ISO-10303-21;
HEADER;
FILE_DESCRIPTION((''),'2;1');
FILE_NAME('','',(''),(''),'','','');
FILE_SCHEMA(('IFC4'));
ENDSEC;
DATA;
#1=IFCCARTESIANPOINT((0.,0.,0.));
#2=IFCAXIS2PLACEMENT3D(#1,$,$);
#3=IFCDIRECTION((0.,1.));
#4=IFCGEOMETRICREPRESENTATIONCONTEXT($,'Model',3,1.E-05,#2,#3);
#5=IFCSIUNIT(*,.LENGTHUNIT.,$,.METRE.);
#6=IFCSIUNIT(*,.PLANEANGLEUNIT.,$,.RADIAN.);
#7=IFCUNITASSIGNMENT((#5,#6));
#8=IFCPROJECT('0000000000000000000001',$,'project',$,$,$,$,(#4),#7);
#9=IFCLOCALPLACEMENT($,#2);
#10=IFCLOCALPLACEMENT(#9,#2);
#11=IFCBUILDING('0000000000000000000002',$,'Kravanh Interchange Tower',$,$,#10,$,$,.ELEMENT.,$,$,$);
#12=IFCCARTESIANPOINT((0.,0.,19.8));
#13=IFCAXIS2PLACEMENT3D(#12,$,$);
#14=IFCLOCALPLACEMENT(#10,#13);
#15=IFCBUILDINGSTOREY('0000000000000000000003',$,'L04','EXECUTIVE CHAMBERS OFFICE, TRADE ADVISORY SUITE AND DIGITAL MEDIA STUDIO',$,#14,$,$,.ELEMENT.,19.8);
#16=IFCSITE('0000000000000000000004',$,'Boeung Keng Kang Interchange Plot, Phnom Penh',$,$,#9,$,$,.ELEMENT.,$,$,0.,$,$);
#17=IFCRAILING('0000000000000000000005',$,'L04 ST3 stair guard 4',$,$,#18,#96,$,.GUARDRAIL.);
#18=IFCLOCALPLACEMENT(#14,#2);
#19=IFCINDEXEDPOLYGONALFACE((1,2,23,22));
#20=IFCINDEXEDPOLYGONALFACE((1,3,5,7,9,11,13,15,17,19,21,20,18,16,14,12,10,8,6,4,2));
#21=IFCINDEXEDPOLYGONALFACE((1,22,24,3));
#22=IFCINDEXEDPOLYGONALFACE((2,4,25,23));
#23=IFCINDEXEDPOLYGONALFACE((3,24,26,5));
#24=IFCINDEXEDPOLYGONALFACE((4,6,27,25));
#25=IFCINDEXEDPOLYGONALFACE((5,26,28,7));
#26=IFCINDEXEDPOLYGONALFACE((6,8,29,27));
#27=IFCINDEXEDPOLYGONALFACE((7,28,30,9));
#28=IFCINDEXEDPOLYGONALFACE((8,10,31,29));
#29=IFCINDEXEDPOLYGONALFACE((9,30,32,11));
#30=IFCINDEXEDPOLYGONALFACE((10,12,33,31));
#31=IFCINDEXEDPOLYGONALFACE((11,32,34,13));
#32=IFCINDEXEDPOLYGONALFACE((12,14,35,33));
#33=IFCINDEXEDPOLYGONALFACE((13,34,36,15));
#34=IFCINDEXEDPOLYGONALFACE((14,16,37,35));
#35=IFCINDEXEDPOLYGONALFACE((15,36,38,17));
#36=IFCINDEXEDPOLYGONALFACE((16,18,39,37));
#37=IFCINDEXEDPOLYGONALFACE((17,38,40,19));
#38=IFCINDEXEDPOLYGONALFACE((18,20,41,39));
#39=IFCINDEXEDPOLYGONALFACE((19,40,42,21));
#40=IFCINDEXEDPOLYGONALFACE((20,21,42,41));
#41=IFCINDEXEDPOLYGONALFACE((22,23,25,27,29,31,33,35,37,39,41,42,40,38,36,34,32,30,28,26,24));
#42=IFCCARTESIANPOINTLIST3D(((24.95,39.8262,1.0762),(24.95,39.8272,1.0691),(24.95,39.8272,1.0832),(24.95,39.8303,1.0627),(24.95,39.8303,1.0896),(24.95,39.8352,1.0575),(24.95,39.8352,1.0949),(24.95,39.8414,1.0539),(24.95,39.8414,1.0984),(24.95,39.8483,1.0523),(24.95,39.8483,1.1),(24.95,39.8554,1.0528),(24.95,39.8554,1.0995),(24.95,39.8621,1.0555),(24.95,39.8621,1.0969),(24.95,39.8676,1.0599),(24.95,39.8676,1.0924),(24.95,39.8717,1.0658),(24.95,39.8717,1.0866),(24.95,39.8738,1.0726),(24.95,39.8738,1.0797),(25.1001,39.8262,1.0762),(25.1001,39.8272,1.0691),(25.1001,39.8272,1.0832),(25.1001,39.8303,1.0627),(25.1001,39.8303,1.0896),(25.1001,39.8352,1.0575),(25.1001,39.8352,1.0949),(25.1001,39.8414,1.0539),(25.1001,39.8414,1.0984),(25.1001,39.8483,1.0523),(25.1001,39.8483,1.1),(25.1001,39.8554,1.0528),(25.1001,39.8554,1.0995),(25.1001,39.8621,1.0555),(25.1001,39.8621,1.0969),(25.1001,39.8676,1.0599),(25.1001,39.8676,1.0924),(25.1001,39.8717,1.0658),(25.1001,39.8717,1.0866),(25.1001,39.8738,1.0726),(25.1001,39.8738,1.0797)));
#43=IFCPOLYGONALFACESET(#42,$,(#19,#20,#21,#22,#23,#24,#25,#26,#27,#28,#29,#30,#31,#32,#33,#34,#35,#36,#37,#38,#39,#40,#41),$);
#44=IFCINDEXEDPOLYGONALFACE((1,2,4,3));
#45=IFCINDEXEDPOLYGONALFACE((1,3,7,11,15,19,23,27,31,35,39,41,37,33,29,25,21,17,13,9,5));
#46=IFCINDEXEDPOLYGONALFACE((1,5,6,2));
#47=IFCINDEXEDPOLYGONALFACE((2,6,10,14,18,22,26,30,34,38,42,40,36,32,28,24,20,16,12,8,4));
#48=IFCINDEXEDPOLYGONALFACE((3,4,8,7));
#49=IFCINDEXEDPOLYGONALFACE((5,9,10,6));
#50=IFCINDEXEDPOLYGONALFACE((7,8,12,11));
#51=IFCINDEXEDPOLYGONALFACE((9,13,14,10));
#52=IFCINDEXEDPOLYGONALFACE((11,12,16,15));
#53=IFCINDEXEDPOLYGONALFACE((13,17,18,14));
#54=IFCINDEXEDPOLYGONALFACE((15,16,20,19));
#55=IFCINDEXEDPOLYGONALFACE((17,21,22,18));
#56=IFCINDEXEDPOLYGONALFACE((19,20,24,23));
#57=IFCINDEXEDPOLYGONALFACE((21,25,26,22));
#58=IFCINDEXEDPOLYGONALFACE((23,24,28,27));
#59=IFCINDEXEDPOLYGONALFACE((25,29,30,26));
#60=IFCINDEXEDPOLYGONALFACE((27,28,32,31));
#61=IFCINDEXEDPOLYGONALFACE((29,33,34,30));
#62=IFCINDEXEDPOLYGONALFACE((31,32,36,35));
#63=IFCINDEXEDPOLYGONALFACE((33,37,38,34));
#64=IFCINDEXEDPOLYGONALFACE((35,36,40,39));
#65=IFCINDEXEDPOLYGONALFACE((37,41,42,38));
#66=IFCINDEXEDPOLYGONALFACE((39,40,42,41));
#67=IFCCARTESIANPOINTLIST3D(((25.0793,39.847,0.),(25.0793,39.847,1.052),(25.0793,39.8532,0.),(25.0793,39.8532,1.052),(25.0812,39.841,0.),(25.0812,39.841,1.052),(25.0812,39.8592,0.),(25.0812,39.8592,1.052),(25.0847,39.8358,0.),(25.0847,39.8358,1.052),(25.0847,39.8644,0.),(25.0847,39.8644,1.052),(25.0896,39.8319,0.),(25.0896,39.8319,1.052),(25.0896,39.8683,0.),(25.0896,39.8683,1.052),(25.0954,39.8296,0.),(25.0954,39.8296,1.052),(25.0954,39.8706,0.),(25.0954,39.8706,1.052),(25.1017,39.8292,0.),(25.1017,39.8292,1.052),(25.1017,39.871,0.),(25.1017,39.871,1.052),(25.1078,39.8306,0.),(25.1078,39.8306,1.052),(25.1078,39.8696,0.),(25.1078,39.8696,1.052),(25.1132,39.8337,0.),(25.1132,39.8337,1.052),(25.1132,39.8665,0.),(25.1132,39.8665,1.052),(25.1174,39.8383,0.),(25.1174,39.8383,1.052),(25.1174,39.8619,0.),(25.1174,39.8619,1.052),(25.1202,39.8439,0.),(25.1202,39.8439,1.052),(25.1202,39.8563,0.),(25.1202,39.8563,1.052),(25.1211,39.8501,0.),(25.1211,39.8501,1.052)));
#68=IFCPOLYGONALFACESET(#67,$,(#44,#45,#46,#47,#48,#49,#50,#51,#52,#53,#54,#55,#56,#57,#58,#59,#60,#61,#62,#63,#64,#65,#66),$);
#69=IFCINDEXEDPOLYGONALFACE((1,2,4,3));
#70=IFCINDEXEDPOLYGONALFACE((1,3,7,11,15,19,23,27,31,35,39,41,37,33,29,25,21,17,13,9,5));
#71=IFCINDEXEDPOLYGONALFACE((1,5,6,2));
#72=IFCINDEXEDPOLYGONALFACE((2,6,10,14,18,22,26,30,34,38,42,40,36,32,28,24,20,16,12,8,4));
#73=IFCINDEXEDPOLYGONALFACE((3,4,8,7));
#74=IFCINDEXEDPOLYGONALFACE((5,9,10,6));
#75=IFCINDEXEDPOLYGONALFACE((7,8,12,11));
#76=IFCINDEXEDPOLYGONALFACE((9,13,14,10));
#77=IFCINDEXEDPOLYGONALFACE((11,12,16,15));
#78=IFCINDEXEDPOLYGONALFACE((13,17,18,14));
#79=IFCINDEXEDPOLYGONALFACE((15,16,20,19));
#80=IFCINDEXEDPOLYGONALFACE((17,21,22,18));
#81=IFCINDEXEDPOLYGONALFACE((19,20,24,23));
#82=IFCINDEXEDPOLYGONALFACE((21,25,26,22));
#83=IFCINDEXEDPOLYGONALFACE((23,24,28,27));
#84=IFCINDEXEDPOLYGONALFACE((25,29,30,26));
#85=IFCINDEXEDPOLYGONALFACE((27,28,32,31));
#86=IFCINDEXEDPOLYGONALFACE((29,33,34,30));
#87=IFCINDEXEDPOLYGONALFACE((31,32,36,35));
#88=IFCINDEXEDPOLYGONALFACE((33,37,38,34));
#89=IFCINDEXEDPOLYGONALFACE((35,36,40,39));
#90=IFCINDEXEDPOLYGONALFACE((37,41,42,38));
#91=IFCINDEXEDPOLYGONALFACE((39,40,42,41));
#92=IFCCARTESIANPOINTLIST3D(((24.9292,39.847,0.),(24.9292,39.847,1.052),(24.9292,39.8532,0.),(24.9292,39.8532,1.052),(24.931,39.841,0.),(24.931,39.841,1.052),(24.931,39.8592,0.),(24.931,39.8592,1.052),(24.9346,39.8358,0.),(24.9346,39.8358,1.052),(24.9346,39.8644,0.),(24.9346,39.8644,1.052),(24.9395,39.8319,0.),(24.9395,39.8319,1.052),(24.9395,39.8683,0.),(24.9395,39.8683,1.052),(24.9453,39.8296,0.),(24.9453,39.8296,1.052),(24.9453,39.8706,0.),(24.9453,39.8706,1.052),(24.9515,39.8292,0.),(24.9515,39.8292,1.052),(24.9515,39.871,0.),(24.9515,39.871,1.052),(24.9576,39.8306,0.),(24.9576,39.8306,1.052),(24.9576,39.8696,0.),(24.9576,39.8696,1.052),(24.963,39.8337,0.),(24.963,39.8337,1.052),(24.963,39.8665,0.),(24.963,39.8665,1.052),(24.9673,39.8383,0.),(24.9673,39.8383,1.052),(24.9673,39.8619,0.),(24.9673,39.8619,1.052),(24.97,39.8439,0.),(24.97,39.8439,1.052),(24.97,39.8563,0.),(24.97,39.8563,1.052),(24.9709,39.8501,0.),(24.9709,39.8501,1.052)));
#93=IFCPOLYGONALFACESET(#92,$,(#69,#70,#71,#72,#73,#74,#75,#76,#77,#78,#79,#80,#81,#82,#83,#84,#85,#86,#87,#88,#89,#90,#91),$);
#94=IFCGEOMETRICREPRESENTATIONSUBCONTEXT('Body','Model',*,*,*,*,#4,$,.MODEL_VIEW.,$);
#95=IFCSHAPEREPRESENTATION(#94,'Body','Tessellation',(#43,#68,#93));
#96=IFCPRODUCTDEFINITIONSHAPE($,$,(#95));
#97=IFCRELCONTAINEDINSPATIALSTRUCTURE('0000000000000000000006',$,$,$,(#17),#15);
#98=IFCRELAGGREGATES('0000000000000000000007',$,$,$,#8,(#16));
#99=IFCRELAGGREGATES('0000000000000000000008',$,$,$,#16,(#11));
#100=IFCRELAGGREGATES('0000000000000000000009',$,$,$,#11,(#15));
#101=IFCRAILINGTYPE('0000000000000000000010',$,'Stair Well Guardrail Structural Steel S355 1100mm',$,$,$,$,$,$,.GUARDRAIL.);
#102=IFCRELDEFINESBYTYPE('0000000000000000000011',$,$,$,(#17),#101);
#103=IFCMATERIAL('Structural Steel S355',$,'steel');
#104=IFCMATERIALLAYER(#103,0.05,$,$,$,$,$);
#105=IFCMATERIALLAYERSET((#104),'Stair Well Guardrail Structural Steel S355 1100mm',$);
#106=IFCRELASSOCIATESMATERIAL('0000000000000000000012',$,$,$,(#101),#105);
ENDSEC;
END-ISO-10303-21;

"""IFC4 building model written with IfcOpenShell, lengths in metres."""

from ifc_helpers import new_model, si_unit, direction, frame, origin, origin_2d, place, context, subcontext, project, spatial, circle, extrude, material, layer, layer_set, type_object, element, save


model = new_model("IFC4")

# Units and contexts
model_context = context("Model", 3, precision=1e-05, world=origin(), true_north=direction((0.0, 1.0)))
body_context = subcontext(model_context, "Body", "Model", "MODEL_VIEW")
ifc_project = project(units=[si_unit("LENGTHUNIT", "METRE"), si_unit("PLANEANGLEUNIT", "RADIAN")], contexts=[model_context])

# Site, building, storey
site_placement = place(None, origin())
site = spatial("IfcSite", under=ifc_project, at=site_placement, Name="Boeung Keng Kang Interchange Plot, Phnom Penh", CompositionType="ELEMENT", RefElevation=0.0)
building_placement = place(site_placement, origin())
building = spatial("IfcBuilding", under=site, at=building_placement, Name="Kravanh Interchange Tower", CompositionType="ELEMENT")
storey_placement = place(building_placement, frame((0.0, 0.0, 19.8)))
storey = spatial("IfcBuildingStorey", under=building, at=storey_placement, Name="L04", Description="EXECUTIVE CHAMBERS OFFICE, TRADE ADVISORY SUITE AND DIGITAL MEDIA STUDIO", CompositionType="ELEMENT", Elevation=19.8)

# Railing
ifc_material_1 = material(Name="Structural Steel S355", Category="steel")
ifc_layer_1 = layer(ifc_material_1, 0.05)
ifc_layer_set_1 = layer_set([ifc_layer_1], Name="Stair Well Guardrail Structural Steel S355 1100mm")
railing_type_1 = type_object("IfcRailingType", Name="Stair Well Guardrail Structural Steel S355 1100mm", PredefinedType="GUARDRAIL", material=ifc_layer_set_1)
railing_1_placement = place(storey_placement, frame((25.1001, 39.8501, 0.0)))
element("IfcRailing", 1, at=railing_1_placement, inside=storey, type_object=railing_type_1, Name="L04 ST3 stair guard 4", PredefinedType="GUARDRAIL", context=body_context, shape_type="SweptSolid", body=[
    extrude(circle(Radius=0.0239, at=origin_2d()), frame((0.0, 0.0, 1.0762), z_axis=(-1.0, 0.0, 0.0), x_axis=(0.0, -1.0, 0.0)), (0.0, 0.0, 1.0), 0.1501),
    extrude(circle(Radius=0.021, at=origin_2d()), origin(), (0.0, 0.0, 1.0), 1.052),
    extrude(circle(Radius=0.021, at=origin_2d()), frame((-0.1501, 0.0, 0.0)), (0.0, 0.0, 1.0), 1.052),
])

save(model, "model.ifc")
